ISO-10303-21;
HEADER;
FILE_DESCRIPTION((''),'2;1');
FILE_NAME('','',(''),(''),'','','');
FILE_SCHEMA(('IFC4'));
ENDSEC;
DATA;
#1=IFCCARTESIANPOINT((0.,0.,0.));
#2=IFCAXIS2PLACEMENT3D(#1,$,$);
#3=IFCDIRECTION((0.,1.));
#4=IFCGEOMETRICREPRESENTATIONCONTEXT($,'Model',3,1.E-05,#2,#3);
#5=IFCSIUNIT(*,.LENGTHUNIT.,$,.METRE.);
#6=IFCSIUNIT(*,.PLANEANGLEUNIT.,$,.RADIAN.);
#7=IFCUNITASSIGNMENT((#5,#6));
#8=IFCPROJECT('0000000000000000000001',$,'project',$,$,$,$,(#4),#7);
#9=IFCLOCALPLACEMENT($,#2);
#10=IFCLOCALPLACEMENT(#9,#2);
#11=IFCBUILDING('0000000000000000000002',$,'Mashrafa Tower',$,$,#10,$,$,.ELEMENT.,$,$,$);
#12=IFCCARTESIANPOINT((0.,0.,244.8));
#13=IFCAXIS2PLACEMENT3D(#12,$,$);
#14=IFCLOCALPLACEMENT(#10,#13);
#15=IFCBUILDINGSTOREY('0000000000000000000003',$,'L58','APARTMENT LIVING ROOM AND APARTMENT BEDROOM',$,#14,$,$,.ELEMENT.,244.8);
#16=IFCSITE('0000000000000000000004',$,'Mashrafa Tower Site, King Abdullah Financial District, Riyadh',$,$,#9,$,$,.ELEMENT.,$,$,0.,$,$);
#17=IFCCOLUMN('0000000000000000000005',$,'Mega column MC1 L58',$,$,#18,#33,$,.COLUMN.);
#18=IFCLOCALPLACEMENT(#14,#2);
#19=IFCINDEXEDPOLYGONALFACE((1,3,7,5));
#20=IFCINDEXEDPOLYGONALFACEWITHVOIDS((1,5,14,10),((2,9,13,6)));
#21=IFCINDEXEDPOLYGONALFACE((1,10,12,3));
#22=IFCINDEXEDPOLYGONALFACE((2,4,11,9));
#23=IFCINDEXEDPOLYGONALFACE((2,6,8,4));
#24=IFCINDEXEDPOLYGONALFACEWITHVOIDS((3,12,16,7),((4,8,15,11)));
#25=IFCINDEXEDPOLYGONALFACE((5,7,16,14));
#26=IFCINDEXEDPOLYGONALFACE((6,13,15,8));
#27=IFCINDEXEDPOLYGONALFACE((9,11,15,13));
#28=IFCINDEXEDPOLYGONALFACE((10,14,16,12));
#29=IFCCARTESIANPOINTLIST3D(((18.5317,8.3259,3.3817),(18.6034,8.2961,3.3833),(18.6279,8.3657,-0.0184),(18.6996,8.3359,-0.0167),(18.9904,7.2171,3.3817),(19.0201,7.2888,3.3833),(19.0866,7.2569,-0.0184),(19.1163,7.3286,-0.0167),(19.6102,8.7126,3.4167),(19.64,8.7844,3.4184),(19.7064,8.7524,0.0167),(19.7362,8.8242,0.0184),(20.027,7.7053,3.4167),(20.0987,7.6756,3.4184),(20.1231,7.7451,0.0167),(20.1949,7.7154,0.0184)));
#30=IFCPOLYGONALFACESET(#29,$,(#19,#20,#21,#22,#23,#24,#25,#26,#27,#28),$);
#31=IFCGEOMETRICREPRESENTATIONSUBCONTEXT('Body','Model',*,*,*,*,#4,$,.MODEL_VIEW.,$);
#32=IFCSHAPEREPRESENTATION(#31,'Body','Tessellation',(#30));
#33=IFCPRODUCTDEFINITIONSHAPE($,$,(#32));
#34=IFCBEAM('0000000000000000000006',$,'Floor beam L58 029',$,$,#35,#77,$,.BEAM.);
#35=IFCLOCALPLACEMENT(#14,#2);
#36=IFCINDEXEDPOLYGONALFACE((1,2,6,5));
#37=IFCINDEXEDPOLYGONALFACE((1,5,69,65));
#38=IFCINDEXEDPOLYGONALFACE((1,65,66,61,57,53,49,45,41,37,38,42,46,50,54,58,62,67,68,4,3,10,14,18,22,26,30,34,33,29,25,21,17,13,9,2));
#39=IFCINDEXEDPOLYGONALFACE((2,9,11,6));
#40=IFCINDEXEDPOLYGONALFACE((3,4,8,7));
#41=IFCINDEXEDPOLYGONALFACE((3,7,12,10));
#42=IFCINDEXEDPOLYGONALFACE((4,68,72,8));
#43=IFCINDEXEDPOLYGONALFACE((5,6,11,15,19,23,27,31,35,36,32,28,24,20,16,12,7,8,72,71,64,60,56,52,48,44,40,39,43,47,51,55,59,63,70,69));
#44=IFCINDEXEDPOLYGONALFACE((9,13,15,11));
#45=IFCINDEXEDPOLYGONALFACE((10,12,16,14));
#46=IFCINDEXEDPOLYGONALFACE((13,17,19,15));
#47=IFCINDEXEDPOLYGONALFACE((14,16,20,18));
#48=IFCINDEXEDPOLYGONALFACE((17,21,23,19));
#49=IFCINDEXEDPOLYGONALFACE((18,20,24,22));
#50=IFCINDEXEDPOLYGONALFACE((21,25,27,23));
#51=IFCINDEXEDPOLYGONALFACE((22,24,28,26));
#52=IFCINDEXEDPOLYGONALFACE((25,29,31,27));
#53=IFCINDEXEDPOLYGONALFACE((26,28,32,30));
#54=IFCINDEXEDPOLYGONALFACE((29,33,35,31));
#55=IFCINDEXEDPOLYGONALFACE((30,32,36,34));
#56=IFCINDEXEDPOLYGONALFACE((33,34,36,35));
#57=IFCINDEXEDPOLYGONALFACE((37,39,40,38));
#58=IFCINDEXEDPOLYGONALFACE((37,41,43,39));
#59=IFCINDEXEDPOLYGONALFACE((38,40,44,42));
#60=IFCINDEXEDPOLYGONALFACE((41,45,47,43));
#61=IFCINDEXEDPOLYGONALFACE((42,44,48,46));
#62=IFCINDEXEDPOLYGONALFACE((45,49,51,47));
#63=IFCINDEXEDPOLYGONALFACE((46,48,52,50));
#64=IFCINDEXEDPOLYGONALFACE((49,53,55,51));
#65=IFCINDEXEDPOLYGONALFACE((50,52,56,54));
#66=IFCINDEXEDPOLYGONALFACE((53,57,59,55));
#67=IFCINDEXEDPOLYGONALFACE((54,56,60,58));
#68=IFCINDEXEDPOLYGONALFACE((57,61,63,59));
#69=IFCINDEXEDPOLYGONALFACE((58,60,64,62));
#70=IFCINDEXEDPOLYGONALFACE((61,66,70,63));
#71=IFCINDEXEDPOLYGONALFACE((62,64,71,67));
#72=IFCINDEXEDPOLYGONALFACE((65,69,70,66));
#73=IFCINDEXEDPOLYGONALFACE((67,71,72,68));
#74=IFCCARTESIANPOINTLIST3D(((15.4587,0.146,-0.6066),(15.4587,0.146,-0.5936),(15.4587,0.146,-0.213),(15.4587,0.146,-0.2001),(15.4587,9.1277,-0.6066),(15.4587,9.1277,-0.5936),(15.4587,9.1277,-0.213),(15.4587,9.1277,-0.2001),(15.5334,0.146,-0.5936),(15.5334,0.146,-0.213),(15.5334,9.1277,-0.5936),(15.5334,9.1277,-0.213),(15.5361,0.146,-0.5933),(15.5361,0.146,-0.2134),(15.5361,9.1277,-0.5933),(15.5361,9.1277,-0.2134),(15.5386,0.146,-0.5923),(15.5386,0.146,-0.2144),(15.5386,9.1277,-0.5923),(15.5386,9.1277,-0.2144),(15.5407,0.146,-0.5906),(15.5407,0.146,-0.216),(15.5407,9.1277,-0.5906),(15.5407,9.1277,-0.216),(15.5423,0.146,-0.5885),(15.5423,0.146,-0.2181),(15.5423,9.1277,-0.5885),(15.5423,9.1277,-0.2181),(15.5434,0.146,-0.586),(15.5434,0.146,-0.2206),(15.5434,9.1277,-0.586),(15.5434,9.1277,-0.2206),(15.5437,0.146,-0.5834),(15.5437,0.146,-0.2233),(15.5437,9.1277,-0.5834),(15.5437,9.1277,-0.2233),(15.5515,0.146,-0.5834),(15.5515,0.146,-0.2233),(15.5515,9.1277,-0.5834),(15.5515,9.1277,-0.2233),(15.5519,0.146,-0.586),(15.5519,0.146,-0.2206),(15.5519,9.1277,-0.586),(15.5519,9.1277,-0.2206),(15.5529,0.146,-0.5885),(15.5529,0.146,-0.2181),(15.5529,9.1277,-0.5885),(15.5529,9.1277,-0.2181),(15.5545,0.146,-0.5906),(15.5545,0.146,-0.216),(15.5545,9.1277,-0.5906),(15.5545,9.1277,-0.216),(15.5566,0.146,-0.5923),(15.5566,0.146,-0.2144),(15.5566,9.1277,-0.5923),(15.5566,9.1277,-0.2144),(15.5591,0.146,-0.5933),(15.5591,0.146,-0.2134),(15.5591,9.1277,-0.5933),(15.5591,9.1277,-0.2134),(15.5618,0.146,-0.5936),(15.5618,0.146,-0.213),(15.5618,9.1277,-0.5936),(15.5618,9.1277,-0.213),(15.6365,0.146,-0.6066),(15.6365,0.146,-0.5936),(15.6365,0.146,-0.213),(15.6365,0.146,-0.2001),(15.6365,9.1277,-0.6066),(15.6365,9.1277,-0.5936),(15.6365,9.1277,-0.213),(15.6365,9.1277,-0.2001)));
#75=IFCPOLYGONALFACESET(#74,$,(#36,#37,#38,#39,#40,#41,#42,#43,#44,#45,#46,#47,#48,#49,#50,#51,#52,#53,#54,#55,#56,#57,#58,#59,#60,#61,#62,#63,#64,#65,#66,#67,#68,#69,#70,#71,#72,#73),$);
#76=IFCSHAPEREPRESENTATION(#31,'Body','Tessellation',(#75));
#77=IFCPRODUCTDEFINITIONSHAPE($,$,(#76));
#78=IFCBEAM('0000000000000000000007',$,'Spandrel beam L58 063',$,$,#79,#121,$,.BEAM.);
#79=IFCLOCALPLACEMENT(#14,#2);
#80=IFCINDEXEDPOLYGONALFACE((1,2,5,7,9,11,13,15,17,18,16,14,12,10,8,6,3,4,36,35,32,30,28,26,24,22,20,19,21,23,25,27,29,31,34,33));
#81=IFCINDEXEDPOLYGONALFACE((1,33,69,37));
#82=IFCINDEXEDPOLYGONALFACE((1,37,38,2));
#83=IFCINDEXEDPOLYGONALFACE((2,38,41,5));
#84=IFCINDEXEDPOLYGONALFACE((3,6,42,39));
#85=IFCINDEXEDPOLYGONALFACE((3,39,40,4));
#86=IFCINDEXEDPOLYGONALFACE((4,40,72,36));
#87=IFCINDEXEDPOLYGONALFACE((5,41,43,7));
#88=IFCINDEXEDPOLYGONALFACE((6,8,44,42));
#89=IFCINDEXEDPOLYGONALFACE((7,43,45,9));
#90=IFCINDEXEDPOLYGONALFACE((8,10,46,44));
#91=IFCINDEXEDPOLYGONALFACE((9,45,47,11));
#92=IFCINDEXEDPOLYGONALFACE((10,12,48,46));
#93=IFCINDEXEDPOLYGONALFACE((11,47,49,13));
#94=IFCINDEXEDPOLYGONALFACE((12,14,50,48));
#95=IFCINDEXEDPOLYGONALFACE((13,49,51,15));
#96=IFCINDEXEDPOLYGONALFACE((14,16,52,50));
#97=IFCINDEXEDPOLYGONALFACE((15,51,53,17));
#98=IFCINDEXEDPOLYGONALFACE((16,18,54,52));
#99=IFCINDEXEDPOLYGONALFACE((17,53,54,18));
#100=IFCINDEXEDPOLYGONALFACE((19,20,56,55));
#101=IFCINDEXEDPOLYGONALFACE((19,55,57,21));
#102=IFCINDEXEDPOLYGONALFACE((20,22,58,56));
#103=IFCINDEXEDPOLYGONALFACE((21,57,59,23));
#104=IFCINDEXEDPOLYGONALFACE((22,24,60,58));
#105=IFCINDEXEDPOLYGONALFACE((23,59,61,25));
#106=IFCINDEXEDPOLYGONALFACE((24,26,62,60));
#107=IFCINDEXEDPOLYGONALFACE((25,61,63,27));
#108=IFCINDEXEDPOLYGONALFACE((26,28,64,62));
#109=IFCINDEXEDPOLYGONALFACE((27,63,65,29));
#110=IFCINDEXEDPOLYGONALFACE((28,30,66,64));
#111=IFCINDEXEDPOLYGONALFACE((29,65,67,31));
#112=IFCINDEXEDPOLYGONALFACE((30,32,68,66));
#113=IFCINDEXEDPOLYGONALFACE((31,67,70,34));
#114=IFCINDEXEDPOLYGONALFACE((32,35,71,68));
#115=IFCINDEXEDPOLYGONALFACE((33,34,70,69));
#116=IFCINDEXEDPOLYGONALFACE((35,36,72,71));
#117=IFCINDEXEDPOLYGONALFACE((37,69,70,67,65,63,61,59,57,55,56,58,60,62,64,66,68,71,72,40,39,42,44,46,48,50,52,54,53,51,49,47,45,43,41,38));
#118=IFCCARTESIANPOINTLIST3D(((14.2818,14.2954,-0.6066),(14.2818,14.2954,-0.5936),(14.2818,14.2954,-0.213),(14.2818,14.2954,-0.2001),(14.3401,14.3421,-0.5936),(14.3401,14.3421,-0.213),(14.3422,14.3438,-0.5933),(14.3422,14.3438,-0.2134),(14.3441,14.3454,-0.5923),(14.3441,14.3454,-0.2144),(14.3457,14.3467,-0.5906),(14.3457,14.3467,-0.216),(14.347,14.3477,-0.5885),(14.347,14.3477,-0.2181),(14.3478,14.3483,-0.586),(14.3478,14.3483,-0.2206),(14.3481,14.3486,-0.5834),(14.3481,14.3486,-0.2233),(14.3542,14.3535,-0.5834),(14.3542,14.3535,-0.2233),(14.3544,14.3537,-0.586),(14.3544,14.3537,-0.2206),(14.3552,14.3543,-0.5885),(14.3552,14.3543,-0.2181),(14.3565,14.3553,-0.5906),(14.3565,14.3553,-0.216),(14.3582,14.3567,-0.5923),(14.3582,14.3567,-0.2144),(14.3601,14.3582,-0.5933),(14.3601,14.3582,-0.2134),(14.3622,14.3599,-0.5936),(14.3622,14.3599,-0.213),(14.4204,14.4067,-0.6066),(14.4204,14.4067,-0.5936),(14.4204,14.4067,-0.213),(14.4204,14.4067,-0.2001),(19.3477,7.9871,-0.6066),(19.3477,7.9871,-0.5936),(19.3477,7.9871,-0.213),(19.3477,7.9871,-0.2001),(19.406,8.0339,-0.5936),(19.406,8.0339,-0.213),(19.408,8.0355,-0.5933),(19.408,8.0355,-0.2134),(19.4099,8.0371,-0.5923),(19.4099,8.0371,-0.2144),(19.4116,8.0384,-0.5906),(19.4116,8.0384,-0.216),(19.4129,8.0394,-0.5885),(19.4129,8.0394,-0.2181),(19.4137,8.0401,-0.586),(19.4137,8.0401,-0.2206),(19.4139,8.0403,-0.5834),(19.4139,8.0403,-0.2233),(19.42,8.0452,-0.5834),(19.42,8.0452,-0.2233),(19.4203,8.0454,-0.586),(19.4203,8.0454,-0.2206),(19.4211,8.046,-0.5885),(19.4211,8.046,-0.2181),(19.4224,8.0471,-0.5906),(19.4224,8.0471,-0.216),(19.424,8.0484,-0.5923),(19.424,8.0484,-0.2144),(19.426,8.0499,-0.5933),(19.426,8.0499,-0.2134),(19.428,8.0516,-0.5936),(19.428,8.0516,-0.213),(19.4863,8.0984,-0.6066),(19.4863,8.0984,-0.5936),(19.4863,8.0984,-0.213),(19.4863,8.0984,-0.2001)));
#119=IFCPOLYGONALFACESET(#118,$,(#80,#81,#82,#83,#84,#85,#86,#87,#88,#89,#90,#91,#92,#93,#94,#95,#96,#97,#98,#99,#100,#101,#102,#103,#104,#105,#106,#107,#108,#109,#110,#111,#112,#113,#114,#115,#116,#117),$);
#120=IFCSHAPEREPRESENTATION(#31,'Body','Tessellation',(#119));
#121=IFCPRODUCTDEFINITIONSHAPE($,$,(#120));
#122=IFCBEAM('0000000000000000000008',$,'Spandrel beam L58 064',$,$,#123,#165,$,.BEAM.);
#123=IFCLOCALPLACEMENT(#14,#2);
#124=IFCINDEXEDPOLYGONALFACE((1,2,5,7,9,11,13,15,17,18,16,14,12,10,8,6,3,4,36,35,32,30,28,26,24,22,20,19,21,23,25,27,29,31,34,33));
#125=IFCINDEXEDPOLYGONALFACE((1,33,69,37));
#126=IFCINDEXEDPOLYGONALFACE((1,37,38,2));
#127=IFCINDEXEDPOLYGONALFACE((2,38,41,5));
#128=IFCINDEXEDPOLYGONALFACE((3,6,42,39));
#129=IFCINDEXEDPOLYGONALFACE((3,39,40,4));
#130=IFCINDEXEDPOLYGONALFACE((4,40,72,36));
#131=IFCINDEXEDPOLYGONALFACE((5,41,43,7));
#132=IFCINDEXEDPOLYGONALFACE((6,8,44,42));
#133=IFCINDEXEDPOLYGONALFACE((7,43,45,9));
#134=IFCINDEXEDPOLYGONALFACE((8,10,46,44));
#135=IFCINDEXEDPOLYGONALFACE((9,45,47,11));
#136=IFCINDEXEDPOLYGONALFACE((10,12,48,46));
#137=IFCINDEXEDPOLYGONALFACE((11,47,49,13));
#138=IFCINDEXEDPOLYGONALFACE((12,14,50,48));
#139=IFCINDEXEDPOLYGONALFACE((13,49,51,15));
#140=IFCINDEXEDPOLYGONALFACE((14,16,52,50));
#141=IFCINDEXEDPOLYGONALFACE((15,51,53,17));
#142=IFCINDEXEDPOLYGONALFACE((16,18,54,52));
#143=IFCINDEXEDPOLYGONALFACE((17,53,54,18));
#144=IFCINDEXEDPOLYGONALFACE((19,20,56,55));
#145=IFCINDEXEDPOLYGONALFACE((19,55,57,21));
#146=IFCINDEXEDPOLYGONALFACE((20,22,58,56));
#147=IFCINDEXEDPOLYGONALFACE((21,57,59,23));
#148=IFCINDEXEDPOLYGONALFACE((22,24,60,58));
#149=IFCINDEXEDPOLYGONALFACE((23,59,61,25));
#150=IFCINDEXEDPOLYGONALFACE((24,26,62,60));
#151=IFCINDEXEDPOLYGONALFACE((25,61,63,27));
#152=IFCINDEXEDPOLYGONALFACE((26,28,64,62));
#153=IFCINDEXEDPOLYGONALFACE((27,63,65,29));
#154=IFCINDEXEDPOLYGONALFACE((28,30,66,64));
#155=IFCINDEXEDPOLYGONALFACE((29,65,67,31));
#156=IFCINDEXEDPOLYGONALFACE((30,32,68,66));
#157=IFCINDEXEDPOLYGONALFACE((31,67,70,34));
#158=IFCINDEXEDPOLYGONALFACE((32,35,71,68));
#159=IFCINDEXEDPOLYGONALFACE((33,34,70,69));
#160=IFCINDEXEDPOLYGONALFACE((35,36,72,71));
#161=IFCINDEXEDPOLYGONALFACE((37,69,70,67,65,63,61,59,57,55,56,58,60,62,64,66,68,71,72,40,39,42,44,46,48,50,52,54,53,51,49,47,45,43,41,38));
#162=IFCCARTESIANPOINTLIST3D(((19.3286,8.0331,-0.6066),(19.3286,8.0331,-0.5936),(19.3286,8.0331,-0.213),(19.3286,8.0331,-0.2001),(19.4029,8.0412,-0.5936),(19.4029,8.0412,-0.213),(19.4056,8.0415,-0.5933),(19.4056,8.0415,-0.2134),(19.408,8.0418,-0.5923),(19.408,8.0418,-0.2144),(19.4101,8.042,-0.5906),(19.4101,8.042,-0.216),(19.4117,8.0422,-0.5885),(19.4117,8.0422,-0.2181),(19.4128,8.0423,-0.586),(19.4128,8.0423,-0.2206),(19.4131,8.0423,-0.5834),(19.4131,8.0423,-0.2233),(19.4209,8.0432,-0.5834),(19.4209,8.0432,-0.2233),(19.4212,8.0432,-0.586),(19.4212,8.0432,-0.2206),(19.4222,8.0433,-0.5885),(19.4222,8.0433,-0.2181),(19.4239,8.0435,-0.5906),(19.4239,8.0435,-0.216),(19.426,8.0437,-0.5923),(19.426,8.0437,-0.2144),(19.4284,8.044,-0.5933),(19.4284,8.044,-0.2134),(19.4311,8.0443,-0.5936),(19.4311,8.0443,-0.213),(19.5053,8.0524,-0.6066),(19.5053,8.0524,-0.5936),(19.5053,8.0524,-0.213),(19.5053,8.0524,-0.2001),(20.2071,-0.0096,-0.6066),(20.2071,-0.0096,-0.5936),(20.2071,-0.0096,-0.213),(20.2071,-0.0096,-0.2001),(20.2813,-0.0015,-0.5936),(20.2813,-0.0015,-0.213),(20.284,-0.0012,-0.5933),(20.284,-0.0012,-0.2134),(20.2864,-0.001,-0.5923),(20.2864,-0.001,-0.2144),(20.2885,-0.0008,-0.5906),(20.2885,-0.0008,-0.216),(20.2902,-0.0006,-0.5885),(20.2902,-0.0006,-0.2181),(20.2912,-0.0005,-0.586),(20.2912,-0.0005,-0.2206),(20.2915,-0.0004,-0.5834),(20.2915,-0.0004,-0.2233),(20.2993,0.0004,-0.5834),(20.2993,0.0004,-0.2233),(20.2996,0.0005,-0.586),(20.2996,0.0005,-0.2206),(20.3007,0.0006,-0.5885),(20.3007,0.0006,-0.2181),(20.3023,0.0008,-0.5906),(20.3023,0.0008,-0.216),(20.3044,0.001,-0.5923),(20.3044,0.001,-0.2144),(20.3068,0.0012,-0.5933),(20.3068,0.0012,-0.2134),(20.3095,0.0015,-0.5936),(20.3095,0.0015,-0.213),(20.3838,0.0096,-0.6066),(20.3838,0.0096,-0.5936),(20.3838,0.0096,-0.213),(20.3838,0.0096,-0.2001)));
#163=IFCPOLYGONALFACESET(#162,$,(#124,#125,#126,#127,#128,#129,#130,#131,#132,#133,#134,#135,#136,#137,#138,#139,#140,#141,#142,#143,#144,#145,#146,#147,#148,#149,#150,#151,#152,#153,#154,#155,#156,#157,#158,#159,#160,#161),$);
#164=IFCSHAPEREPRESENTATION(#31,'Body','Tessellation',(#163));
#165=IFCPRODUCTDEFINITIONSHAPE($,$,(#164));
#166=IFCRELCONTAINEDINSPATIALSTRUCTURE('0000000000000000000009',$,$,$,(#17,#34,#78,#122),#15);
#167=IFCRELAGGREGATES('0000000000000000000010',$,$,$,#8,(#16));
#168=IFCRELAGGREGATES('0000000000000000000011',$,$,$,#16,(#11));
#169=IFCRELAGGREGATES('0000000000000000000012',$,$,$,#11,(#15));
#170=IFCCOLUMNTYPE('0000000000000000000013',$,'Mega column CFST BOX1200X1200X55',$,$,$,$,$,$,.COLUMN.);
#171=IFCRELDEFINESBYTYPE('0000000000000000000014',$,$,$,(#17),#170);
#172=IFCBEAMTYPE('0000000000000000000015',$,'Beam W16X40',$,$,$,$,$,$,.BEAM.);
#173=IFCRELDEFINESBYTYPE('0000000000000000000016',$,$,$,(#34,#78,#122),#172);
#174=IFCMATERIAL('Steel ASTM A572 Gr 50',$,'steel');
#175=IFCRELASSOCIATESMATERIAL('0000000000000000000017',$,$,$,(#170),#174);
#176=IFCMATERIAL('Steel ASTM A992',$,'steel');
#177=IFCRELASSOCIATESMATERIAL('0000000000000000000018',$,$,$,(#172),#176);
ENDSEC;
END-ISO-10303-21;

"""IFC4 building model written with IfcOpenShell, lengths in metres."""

from ifc_helpers import new_model, si_unit, direction, frame, origin, origin_2d, place, context, subcontext, project, spatial, hollow_rectangle, i_section, extrude, material, material_profile, profile_set, type_object, element, save


model = new_model("IFC4")

# Units and contexts
model_context = context("Model", 3, precision=1e-05, world=origin(), true_north=direction((0.0, 1.0)))
body_context = subcontext(model_context, "Body", "Model", "MODEL_VIEW")
ifc_project = project(units=[si_unit("LENGTHUNIT", "METRE"), si_unit("PLANEANGLEUNIT", "RADIAN")], contexts=[model_context])

# Site, building, storey
site_placement = place(None, origin())
site = spatial("IfcSite", under=ifc_project, at=site_placement, Name="Mashrafa Tower Site, King Abdullah Financial District, Riyadh", CompositionType="ELEMENT", RefElevation=0.0)
building_placement = place(site_placement, origin())
building = spatial("IfcBuilding", under=site, at=building_placement, Name="Mashrafa Tower", CompositionType="ELEMENT")
storey_placement = place(building_placement, frame((0.0, 0.0, 244.8)))
storey = spatial("IfcBuildingStorey", under=building, at=storey_placement, Name="L58", Description="APARTMENT LIVING ROOM AND APARTMENT BEDROOM", CompositionType="ELEMENT", Elevation=244.8)

# Column
ifc_material_1 = material(Name="Steel ASTM A572 Gr 50", Category="steel")
ifc_material_profile_1 = material_profile(ifc_material_1, hollow_rectangle(XDim=1.2, YDim=1.2, WallThickness=0.0549, at=origin_2d()), Name="BOX1200X1200X55")
ifc_profile_set_1 = profile_set([ifc_material_profile_1], Name="Steel ASTM A572 Gr 50")
column_type = type_object("IfcColumnType", Name="Mega column CFST BOX1200X1200X55", PredefinedType="COLUMN", material=ifc_profile_set_1)
column_placement = place(storey_placement, frame((19.4114, 8.0405, 0.0), z_axis=(-0.028279, -0.011699, 0.999532), x_axis=(0.382283, -0.924045, 0.0)))
element("IfcColumn", 1, at=column_placement, inside=storey, type_object=column_type, Name="Mega column MC1 L58", PredefinedType="COLUMN", context=body_context, shape_type="SweptSolid", body=[
    extrude(hollow_rectangle(XDim=1.2, YDim=1.2, WallThickness=0.0549, at=origin_2d()), origin(), (0.0, 0.0, 1.0), 3.4016),
])

# Beams
ifc_material_2 = material(Name="Steel ASTM A992", Category="steel")
ifc_material_profile_2 = material_profile(ifc_material_2, i_section(OverallWidth=0.1777, OverallDepth=0.4065, WebThickness=0.0078, FlangeThickness=0.0129, FilletRadius=0.0103, at=origin_2d()), Name="W16X40")
ifc_profile_set_2 = profile_set([ifc_material_profile_2], Name="Steel ASTM A992")
beam_type_1 = type_object("IfcBeamType", Name="Beam W16X40", PredefinedType="BEAM", material=ifc_profile_set_2)
beam_1_placement = place(storey_placement, frame((15.5476, 9.1277, -0.4033), z_axis=(0.0, -1.0, 0.0), x_axis=(1.0, 0.0, 0.0)))
element("IfcBeam", 2, at=beam_1_placement, inside=storey, type_object=beam_type_1, Name="Floor beam L58 029", PredefinedType="BEAM", context=body_context, shape_type="SweptSolid", body=[
    extrude(i_section(OverallWidth=0.1777, OverallDepth=0.4065, WebThickness=0.0078, FlangeThickness=0.0129, FilletRadius=0.0103, at=origin_2d()), origin(), (0.0, 0.0, 1.0), 8.9817),
])
for number, where, z_axis, x_axis, name in (
    (3, (19.417, 8.0427, -0.4033), (-0.626144, 0.779708, 0.0), (-0.779708, -0.626144, 0.0), "Spandrel beam L58 063"),
    (4, (20.2954, 0.0, -0.4033), (-0.108573, 0.994088, 0.0), (-0.994088, -0.108573, 0.0), "Spandrel beam L58 064"),
):
    element("IfcBeam", number, at=place(storey_placement, frame(where, z_axis=z_axis, x_axis=x_axis)), inside=storey, type_object=beam_type_1, Name=name, PredefinedType="BEAM", context=body_context, shape_type="SweptSolid", body=[
        extrude(i_section(OverallWidth=0.1777, OverallDepth=0.4065, WebThickness=0.0078, FlangeThickness=0.0129, FilletRadius=0.0103, at=origin_2d()), origin(), (0.0, 0.0, 1.0), 8.0906),
    ])

save(model, "model.ifc")
